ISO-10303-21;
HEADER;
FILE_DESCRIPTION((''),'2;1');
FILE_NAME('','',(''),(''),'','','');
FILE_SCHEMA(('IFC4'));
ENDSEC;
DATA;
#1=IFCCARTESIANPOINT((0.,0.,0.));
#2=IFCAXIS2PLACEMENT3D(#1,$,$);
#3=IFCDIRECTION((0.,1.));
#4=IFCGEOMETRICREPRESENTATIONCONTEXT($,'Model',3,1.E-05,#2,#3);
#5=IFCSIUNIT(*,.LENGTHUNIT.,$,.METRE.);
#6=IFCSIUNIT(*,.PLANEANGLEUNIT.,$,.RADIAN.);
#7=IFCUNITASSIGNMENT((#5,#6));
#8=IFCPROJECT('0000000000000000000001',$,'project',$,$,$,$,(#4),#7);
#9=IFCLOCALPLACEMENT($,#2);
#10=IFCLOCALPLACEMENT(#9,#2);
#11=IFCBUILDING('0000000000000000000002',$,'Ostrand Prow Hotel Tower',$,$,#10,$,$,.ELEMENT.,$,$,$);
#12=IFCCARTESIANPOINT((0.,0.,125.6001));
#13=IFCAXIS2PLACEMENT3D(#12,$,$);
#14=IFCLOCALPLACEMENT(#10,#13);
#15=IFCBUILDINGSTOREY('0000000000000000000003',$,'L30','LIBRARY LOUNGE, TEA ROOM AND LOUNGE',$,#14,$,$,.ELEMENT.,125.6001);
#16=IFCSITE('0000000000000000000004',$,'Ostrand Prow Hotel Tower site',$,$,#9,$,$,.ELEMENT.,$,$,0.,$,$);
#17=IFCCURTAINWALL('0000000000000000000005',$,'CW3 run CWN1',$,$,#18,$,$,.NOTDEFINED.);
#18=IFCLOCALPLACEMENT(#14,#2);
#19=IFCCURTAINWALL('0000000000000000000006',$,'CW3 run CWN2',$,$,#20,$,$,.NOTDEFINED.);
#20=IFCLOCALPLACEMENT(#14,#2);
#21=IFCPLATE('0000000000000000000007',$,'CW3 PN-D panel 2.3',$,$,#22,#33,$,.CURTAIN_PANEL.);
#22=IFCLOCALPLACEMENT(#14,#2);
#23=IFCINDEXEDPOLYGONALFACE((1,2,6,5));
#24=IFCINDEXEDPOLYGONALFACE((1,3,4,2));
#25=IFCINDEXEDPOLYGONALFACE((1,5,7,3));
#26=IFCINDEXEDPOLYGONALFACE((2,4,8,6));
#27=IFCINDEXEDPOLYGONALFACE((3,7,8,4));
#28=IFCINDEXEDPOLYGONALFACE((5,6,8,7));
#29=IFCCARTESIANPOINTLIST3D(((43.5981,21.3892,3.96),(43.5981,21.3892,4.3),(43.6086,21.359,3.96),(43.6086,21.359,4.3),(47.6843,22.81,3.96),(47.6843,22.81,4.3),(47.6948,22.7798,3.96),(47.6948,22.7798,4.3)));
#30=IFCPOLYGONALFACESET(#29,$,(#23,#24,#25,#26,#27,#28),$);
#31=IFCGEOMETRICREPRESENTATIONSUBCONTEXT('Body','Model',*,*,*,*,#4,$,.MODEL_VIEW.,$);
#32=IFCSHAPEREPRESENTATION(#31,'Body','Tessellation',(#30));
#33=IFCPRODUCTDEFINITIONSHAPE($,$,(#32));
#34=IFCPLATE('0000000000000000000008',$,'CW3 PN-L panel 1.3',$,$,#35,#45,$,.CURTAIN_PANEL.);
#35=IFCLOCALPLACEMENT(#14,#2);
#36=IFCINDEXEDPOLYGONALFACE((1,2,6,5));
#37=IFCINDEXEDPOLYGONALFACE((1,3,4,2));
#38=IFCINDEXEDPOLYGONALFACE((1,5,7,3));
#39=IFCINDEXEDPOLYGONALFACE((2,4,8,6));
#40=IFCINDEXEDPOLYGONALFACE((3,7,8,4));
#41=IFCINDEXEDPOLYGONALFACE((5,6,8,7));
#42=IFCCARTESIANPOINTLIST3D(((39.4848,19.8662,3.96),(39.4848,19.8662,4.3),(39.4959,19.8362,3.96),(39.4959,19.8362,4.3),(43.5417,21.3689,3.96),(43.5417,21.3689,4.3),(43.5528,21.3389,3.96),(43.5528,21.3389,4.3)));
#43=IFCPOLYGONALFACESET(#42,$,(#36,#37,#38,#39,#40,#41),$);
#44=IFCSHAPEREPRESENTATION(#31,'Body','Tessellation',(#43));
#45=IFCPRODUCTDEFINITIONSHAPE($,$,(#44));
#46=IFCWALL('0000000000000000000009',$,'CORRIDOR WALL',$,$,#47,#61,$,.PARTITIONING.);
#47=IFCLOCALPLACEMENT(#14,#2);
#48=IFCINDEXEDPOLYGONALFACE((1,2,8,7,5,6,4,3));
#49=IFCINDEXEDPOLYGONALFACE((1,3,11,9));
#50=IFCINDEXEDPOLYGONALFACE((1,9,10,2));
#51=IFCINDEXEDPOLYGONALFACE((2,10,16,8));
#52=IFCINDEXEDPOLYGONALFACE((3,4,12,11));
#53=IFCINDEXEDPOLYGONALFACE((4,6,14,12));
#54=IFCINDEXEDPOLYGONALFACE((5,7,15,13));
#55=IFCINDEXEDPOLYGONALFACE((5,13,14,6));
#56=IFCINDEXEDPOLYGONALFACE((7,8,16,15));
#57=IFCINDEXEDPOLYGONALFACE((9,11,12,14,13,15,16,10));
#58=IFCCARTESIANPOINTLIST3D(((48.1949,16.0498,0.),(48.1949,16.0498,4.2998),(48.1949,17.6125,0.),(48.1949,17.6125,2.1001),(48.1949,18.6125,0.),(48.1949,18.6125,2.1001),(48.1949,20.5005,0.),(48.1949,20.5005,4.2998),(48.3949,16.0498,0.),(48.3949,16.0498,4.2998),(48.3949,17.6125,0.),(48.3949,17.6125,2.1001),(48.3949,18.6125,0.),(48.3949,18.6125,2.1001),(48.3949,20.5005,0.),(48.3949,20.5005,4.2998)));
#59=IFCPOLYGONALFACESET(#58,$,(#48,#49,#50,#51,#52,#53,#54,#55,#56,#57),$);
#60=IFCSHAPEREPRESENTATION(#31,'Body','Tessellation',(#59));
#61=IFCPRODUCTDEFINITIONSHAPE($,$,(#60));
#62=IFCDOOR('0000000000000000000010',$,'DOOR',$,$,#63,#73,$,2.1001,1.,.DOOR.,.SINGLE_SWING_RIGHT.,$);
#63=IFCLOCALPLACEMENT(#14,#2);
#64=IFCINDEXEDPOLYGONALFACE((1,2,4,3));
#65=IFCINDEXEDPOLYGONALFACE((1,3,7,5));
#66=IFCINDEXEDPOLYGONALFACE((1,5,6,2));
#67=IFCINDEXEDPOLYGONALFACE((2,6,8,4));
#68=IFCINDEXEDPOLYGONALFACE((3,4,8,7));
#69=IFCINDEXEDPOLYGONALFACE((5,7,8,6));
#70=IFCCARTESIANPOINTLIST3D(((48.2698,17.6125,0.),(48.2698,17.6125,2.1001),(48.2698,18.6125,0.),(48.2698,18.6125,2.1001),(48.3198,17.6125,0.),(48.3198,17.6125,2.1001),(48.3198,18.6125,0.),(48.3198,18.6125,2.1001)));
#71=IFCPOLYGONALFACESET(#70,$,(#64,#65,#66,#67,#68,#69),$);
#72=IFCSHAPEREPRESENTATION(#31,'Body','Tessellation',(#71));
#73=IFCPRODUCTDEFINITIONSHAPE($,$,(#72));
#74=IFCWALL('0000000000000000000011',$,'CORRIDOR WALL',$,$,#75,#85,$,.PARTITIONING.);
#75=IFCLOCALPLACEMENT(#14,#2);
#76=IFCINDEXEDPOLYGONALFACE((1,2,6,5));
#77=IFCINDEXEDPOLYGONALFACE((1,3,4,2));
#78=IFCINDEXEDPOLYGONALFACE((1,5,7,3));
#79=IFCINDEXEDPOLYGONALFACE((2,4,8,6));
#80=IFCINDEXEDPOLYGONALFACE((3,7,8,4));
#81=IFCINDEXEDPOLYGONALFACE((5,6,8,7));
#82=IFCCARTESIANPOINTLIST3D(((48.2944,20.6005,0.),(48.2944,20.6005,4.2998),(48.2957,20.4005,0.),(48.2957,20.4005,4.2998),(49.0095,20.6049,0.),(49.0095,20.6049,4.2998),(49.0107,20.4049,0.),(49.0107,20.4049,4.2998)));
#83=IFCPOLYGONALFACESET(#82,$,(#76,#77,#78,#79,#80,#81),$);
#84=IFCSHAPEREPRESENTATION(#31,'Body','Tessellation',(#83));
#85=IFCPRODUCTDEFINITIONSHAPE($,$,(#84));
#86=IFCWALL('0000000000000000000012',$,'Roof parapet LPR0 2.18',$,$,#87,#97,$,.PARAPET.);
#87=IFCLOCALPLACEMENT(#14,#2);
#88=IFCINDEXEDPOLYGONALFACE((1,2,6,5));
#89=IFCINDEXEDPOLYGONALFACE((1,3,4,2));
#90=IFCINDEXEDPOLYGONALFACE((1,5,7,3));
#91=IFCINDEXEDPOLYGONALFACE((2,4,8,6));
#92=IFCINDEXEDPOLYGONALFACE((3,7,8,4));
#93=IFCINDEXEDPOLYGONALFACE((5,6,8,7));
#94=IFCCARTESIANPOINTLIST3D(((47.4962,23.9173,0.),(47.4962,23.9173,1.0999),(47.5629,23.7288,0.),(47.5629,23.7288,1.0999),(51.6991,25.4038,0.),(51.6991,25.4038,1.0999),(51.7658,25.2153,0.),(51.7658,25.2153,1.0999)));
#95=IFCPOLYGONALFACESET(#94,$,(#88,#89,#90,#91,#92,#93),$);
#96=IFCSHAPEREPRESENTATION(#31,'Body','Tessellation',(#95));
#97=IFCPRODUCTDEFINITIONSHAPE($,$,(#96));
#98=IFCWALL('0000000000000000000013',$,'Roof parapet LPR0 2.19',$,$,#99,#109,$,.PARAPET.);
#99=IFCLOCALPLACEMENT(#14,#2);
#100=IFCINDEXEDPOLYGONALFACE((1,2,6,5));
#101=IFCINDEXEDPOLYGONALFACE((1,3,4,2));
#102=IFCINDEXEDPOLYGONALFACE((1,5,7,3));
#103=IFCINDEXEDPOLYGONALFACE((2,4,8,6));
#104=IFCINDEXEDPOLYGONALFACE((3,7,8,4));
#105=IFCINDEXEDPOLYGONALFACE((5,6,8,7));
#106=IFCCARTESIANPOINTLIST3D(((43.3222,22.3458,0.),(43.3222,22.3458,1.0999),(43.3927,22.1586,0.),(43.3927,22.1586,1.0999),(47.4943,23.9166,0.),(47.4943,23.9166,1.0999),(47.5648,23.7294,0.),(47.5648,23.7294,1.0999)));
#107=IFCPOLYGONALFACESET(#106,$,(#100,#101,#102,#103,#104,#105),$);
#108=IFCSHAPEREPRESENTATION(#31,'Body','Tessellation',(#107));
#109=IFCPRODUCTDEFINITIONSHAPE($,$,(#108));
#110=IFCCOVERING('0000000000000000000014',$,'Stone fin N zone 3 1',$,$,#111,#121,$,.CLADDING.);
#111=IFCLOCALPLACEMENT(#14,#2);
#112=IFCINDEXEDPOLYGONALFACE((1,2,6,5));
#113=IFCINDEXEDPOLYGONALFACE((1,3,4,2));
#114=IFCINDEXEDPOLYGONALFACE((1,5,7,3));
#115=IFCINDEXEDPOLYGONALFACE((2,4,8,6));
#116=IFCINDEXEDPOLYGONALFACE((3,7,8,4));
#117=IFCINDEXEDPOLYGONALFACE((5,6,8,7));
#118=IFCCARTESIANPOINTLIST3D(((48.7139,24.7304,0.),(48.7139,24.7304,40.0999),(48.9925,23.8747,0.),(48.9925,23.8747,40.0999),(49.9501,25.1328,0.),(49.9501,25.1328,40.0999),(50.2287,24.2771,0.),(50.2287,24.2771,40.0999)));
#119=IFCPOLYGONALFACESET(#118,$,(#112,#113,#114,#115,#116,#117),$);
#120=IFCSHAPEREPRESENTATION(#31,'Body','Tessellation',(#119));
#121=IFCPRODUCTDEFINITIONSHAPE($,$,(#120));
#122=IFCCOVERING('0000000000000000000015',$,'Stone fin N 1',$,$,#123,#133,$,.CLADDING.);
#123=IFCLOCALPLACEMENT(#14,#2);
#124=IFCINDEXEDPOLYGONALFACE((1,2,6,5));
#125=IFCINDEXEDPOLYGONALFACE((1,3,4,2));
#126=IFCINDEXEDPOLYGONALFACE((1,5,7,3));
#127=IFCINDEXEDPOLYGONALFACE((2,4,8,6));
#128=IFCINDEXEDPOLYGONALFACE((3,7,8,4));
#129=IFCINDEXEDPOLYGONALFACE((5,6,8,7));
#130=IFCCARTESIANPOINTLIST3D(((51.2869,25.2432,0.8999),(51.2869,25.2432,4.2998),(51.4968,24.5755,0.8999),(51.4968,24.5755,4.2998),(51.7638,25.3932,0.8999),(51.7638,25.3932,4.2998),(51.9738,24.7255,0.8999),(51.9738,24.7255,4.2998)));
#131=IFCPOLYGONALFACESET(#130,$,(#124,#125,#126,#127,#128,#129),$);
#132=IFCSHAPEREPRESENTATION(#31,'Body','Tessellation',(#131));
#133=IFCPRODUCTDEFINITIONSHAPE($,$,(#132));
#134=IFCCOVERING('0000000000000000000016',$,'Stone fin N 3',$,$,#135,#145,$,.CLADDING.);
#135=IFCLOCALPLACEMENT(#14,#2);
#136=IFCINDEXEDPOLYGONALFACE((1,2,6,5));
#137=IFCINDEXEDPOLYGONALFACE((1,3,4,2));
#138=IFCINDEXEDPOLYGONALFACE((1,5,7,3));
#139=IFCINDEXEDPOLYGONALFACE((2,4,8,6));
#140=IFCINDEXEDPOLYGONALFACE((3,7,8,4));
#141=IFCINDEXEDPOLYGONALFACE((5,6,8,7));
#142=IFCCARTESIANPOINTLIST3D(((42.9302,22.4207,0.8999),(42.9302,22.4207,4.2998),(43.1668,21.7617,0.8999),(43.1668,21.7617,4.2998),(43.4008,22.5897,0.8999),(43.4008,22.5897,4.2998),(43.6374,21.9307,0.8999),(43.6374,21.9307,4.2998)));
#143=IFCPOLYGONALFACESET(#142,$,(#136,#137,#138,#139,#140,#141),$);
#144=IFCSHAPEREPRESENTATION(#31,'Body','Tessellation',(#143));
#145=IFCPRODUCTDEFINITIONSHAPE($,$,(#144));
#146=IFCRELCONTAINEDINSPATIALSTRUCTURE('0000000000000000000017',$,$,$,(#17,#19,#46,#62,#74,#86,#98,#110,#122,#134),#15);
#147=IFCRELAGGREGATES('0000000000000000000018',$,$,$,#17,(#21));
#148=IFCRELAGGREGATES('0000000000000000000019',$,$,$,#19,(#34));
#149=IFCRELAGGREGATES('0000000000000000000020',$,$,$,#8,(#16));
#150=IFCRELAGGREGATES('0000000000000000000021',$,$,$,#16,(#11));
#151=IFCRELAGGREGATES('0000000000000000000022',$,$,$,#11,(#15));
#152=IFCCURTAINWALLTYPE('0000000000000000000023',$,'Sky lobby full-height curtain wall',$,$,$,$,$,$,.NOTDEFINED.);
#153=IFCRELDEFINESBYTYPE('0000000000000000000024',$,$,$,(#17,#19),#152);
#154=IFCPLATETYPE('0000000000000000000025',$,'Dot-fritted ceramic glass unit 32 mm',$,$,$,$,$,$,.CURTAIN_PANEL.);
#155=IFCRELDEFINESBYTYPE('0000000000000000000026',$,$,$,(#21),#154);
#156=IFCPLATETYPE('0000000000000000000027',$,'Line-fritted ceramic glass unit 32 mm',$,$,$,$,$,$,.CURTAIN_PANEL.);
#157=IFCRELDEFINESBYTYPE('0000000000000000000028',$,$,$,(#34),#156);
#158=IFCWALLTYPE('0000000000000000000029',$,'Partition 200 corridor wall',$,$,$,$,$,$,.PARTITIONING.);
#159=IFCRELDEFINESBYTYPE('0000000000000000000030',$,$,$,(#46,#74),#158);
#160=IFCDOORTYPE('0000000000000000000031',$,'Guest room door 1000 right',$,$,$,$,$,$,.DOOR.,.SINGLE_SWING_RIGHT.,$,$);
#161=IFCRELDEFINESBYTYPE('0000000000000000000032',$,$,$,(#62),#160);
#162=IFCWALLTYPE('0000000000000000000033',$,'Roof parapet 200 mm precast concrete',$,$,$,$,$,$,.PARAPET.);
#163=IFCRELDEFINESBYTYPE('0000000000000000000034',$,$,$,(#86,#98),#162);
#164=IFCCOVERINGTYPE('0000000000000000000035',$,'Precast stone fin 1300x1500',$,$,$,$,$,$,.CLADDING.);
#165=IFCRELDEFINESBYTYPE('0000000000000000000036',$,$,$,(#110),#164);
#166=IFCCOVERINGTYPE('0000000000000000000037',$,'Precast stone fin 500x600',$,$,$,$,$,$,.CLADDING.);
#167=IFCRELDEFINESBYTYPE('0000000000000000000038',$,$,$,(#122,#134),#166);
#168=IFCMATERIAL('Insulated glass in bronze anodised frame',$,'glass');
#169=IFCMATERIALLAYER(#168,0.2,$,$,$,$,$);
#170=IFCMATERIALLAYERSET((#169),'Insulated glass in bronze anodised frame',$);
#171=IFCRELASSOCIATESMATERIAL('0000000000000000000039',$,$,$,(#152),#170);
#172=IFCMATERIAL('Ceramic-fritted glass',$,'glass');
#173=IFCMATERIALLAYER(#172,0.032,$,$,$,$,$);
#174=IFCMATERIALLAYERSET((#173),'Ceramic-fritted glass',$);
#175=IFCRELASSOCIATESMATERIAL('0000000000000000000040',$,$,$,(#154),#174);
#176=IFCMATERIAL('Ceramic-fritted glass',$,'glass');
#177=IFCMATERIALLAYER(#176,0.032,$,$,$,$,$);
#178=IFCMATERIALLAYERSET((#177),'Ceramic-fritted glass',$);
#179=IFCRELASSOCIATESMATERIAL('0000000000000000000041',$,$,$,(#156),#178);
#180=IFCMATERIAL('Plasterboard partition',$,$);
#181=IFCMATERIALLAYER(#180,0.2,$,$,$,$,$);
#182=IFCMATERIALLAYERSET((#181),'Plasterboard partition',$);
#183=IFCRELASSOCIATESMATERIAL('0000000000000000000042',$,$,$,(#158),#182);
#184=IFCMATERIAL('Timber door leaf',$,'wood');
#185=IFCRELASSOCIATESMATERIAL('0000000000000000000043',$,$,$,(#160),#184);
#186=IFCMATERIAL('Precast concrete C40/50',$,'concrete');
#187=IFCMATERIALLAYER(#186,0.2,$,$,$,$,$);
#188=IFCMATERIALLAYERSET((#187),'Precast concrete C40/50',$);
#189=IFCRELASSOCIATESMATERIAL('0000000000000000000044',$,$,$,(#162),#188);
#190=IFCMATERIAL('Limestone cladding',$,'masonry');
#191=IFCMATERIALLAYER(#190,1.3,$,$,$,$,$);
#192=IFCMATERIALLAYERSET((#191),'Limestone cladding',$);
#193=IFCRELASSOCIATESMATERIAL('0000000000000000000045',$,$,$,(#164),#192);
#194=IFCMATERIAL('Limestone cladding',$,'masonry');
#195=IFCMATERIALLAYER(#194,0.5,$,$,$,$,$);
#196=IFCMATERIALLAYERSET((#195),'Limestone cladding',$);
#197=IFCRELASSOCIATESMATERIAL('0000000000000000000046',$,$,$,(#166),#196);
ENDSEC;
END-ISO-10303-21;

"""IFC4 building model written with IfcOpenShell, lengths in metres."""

from ifc_helpers import new_model, si_unit, direction, frame, frame_2d, origin, origin_2d, place, context, subcontext, project, spatial, rectangle, extrude, material, layer, layer_set, type_object, element, fill, aggregate, save


model = new_model("IFC4")

# Units and contexts
model_context = context("Model", 3, precision=1e-05, world=origin(), true_north=direction((0.0, 1.0)))
body_context = subcontext(model_context, "Body", "Model", "MODEL_VIEW")
ifc_project = project(units=[si_unit("LENGTHUNIT", "METRE"), si_unit("PLANEANGLEUNIT", "RADIAN")], contexts=[model_context])

# Site, building, storey
site_placement = place(None, origin())
site = spatial("IfcSite", under=ifc_project, at=site_placement, Name="Ostrand Prow Hotel Tower site", CompositionType="ELEMENT", RefElevation=0.0)
building_placement = place(site_placement, origin())
building = spatial("IfcBuilding", under=site, at=building_placement, Name="Ostrand Prow Hotel Tower", CompositionType="ELEMENT")
storey_placement = place(building_placement, frame((0.0, 0.0, 125.6001)))
storey = spatial("IfcBuildingStorey", under=building, at=storey_placement, Name="L30", Description="LIBRARY LOUNGE, TEA ROOM AND LOUNGE", CompositionType="ELEMENT", Elevation=125.6001)

# Curtain walls
ifc_material_1 = material(Name="Insulated glass in bronze anodised frame", Category="glass")
ifc_layer_1 = layer(ifc_material_1, 0.2)
ifc_layer_set_1 = layer_set([ifc_layer_1], Name="Insulated glass in bronze anodised frame")
curtain_wall_type = type_object("IfcCurtainWallType", Name="Sky lobby full-height curtain wall", PredefinedType="NOTDEFINED", material=ifc_layer_set_1)
curtain_wall_1_placement = place(storey_placement, origin())
curtain_wall_1 = element("IfcCurtainWall", 1, at=curtain_wall_1_placement, inside=storey, type_object=curtain_wall_type, Name="CW3 run CWN1", PredefinedType="NOTDEFINED")
curtain_wall_2_placement = place(storey_placement, origin())
curtain_wall_2 = element("IfcCurtainWall", 2, at=curtain_wall_2_placement, inside=storey, type_object=curtain_wall_type, Name="CW3 run CWN2", PredefinedType="NOTDEFINED")

# Plates
ifc_material_2 = material(Name="Ceramic-fritted glass", Category="glass")
ifc_layer_2 = layer(ifc_material_2, 0.032)
ifc_layer_set_2 = layer_set([ifc_layer_2], Name="Ceramic-fritted glass")
plate_type_1 = type_object("IfcPlateType", Name="Dot-fritted ceramic glass unit 32 mm", PredefinedType="CURTAIN_PANEL", material=ifc_layer_set_2)
plate_1_placement = place(storey_placement, frame((45.6465, 22.0845, 3.96), z_axis=(0.0, 0.0, 1.0), x_axis=(-0.944529, -0.328428, 0.0)))
plate_1 = element("IfcPlate", 3, at=plate_1_placement, type_object=plate_type_1, Name="CW3 PN-D panel 2.3", PredefinedType="CURTAIN_PANEL", context=body_context, shape_type="SweptSolid", body=[
    extrude(rectangle(XDim=4.3262, YDim=0.032, at=origin_2d()), origin(), (0.0, 0.0, 1.0), 0.3401),
])
aggregate(curtain_wall_1, [plate_1])
ifc_material_3 = material(Name="Ceramic-fritted glass", Category="glass")
ifc_layer_3 = layer(ifc_material_3, 0.032)
ifc_layer_set_3 = layer_set([ifc_layer_3], Name="Ceramic-fritted glass")
plate_type_2 = type_object("IfcPlateType", Name="Line-fritted ceramic glass unit 32 mm", PredefinedType="CURTAIN_PANEL", material=ifc_layer_set_3)
plate_2_placement = place(storey_placement, frame((41.5188, 20.6025, 3.96), z_axis=(0.0, 0.0, 1.0), x_axis=(-0.937739, -0.347342, 0.0)))
plate_2 = element("IfcPlate", 4, at=plate_2_placement, type_object=plate_type_2, Name="CW3 PN-L panel 1.3", PredefinedType="CURTAIN_PANEL", context=body_context, shape_type="SweptSolid", body=[
    extrude(rectangle(XDim=4.3262, YDim=0.032, at=origin_2d()), origin(), (0.0, 0.0, 1.0), 0.3401),
])
aggregate(curtain_wall_2, [plate_2])

# Wall, opening, door
ifc_material_4 = material(Name="Plasterboard partition")
ifc_layer_4 = layer(ifc_material_4, 0.2)
ifc_layer_set_4 = layer_set([ifc_layer_4], Name="Plasterboard partition")
wall_type_1 = type_object("IfcWallType", Name="Partition 200 corridor wall", PredefinedType="PARTITIONING", material=ifc_layer_set_4)
wall_1_placement = place(storey_placement, frame((48.2949, 20.5005, 0.0), z_axis=(0.0, 0.0, 1.0), x_axis=(0.0, -1.0, 0.0)))
wall_1 = element("IfcWall", 5, at=wall_1_placement, inside=storey, type_object=wall_type_1, Name="CORRIDOR WALL", PredefinedType="PARTITIONING", context=body_context, shape_type="SweptSolid", body=[
    extrude(rectangle(XDim=4.4507, YDim=0.2, at=frame_2d((2.2253, 0.0))), origin(), (0.0, 0.0, 1.0), 4.2998),
])
opening_placement = place(wall_1_placement, frame((1.8879, 0.0, 0.0)))
opening = element("IfcOpeningElement", 6, at=opening_placement, cuts=wall_1, PredefinedType="OPENING", context=body_context, shape_type="SweptSolid", body=[
    extrude(rectangle(XDim=1.0, YDim=2.1001, at=frame_2d((0.5, 1.05))), frame((0.0, 0.1099, 0.0), z_axis=(0.0, -1.0, 0.0), x_axis=(1.0, 0.0, 0.0)), (0.0, 0.0, 1.0), 0.22),
])
ifc_material_5 = material(Name="Timber door leaf", Category="wood")
door_type = type_object("IfcDoorType", Name="Guest room door 1000 right", OperationType="SINGLE_SWING_RIGHT", PredefinedType="DOOR", material=ifc_material_5)
door_placement = place(opening_placement, origin())
door = element("IfcDoor", 7, at=door_placement, inside=storey, type_object=door_type, Name="DOOR", OperationType="SINGLE_SWING_RIGHT", OverallHeight=2.1001, OverallWidth=1.0, PredefinedType="DOOR", context=body_context, shape_type="SweptSolid", body=[
    extrude(rectangle(XDim=1.0, YDim=2.1001, at=frame_2d((0.5, 1.05))), frame((0.0, 0.0249, 0.0), z_axis=(0.0, -1.0, 0.0), x_axis=(1.0, 0.0, 0.0)), (0.0, 0.0, 1.0), 0.05),
])
fill(opening, door)

# Walls
wall_2_placement = place(storey_placement, frame((49.01, 20.5049, 0.0), z_axis=(0.0, 0.0, 1.0), x_axis=(-0.999981, -0.006145, 0.0)))
element("IfcWall", 8, at=wall_2_placement, inside=storey, type_object=wall_type_1, Name="CORRIDOR WALL", PredefinedType="PARTITIONING", context=body_context, shape_type="SweptSolid", body=[
    extrude(rectangle(XDim=0.7151, YDim=0.2, at=frame_2d((0.3574, 0.0))), origin(), (0.0, 0.0, 1.0), 4.2998),
])
ifc_material_6 = material(Name="Precast concrete C40/50", Category="concrete")
ifc_layer_5 = layer(ifc_material_6, 0.2)
ifc_layer_set_5 = layer_set([ifc_layer_5], Name="Precast concrete C40/50")
wall_type_2 = type_object("IfcWallType", Name="Roof parapet 200 mm precast concrete", PredefinedType="PARAPET", material=ifc_layer_set_5)
for number, where, z_axis, x_axis, name in (
    (9, (51.7324, 25.3096, 0.0), (0.0, 0.0, 1.0), (-0.942765, -0.333459, 0.0), "Roof parapet LPR0 2.18"),
    (10, (47.5295, 23.823, 0.0), (0.0, 0.0, 1.0), (-0.935867, -0.352353, 0.0), "Roof parapet LPR0 2.19"),
):
    element("IfcWall", number, at=place(storey_placement, frame(where, z_axis=z_axis, x_axis=x_axis)), inside=storey, type_object=wall_type_2, Name=name, PredefinedType="PARAPET", context=body_context, shape_type="SweptSolid", body=[
        extrude(rectangle(XDim=4.458, YDim=0.2, at=frame_2d((2.229, 0.0))), origin(), (0.0, 0.0, 1.0), 1.0999),
    ])

# Coverings
ifc_material_7 = material(Name="Limestone cladding", Category="masonry")
ifc_layer_6 = layer(ifc_material_7, 1.3)
ifc_layer_set_6 = layer_set([ifc_layer_6], Name="Limestone cladding")
covering_type_1 = type_object("IfcCoveringType", Name="Precast stone fin 1300x1500", PredefinedType="CLADDING", material=ifc_layer_set_6)
covering_1_placement = place(storey_placement, frame((49.6106, 24.0759, 0.0), z_axis=(0.0, 0.0, 1.0), x_axis=(-0.309546, 0.950884, 0.0)))
element("IfcCovering", 11, at=covering_1_placement, inside=storey, type_object=covering_type_1, Name="Stone fin N zone 3 1", PredefinedType="CLADDING", context=body_context, shape_type="SweptSolid", body=[
    extrude(rectangle(XDim=0.8999, YDim=1.3, at=frame_2d((0.45, 0.0))), origin(), (0.0, 0.0, 1.0), 40.0999),
])
ifc_material_8 = material(Name="Limestone cladding", Category="masonry")
ifc_layer_7 = layer(ifc_material_8, 0.5)
ifc_layer_set_7 = layer_set([ifc_layer_7], Name="Limestone cladding")
covering_type_2 = type_object("IfcCoveringType", Name="Precast stone fin 500x600", PredefinedType="CLADDING", material=ifc_layer_set_7)
covering_2_placement = place(storey_placement, frame((51.7354, 24.6504, 0.8999), z_axis=(0.0, 0.0, 1.0), x_axis=(-0.299963, 0.953951, 0.0)))
element("IfcCovering", 12, at=covering_2_placement, inside=storey, type_object=covering_type_2, Name="Stone fin N 1", PredefinedType="CLADDING", context=body_context, shape_type="SweptSolid", body=[
    extrude(rectangle(XDim=0.7, YDim=0.5, at=frame_2d((0.3501, 0.0))), origin(), (0.0, 0.0, 1.0), 3.3999),
])
covering_3_placement = place(storey_placement, frame((43.4021, 21.8462, 0.8999), z_axis=(0.0, 0.0, 1.0), x_axis=(-0.337904, 0.94118, 0.0)))
element("IfcCovering", 13, at=covering_3_placement, inside=storey, type_object=covering_type_2, Name="Stone fin N 3", PredefinedType="CLADDING", context=body_context, shape_type="SweptSolid", body=[
    extrude(rectangle(XDim=0.7002, YDim=0.5, at=frame_2d((0.3501, 0.0))), origin(), (0.0, 0.0, 1.0), 3.3999),
])

save(model, "model.ifc")
